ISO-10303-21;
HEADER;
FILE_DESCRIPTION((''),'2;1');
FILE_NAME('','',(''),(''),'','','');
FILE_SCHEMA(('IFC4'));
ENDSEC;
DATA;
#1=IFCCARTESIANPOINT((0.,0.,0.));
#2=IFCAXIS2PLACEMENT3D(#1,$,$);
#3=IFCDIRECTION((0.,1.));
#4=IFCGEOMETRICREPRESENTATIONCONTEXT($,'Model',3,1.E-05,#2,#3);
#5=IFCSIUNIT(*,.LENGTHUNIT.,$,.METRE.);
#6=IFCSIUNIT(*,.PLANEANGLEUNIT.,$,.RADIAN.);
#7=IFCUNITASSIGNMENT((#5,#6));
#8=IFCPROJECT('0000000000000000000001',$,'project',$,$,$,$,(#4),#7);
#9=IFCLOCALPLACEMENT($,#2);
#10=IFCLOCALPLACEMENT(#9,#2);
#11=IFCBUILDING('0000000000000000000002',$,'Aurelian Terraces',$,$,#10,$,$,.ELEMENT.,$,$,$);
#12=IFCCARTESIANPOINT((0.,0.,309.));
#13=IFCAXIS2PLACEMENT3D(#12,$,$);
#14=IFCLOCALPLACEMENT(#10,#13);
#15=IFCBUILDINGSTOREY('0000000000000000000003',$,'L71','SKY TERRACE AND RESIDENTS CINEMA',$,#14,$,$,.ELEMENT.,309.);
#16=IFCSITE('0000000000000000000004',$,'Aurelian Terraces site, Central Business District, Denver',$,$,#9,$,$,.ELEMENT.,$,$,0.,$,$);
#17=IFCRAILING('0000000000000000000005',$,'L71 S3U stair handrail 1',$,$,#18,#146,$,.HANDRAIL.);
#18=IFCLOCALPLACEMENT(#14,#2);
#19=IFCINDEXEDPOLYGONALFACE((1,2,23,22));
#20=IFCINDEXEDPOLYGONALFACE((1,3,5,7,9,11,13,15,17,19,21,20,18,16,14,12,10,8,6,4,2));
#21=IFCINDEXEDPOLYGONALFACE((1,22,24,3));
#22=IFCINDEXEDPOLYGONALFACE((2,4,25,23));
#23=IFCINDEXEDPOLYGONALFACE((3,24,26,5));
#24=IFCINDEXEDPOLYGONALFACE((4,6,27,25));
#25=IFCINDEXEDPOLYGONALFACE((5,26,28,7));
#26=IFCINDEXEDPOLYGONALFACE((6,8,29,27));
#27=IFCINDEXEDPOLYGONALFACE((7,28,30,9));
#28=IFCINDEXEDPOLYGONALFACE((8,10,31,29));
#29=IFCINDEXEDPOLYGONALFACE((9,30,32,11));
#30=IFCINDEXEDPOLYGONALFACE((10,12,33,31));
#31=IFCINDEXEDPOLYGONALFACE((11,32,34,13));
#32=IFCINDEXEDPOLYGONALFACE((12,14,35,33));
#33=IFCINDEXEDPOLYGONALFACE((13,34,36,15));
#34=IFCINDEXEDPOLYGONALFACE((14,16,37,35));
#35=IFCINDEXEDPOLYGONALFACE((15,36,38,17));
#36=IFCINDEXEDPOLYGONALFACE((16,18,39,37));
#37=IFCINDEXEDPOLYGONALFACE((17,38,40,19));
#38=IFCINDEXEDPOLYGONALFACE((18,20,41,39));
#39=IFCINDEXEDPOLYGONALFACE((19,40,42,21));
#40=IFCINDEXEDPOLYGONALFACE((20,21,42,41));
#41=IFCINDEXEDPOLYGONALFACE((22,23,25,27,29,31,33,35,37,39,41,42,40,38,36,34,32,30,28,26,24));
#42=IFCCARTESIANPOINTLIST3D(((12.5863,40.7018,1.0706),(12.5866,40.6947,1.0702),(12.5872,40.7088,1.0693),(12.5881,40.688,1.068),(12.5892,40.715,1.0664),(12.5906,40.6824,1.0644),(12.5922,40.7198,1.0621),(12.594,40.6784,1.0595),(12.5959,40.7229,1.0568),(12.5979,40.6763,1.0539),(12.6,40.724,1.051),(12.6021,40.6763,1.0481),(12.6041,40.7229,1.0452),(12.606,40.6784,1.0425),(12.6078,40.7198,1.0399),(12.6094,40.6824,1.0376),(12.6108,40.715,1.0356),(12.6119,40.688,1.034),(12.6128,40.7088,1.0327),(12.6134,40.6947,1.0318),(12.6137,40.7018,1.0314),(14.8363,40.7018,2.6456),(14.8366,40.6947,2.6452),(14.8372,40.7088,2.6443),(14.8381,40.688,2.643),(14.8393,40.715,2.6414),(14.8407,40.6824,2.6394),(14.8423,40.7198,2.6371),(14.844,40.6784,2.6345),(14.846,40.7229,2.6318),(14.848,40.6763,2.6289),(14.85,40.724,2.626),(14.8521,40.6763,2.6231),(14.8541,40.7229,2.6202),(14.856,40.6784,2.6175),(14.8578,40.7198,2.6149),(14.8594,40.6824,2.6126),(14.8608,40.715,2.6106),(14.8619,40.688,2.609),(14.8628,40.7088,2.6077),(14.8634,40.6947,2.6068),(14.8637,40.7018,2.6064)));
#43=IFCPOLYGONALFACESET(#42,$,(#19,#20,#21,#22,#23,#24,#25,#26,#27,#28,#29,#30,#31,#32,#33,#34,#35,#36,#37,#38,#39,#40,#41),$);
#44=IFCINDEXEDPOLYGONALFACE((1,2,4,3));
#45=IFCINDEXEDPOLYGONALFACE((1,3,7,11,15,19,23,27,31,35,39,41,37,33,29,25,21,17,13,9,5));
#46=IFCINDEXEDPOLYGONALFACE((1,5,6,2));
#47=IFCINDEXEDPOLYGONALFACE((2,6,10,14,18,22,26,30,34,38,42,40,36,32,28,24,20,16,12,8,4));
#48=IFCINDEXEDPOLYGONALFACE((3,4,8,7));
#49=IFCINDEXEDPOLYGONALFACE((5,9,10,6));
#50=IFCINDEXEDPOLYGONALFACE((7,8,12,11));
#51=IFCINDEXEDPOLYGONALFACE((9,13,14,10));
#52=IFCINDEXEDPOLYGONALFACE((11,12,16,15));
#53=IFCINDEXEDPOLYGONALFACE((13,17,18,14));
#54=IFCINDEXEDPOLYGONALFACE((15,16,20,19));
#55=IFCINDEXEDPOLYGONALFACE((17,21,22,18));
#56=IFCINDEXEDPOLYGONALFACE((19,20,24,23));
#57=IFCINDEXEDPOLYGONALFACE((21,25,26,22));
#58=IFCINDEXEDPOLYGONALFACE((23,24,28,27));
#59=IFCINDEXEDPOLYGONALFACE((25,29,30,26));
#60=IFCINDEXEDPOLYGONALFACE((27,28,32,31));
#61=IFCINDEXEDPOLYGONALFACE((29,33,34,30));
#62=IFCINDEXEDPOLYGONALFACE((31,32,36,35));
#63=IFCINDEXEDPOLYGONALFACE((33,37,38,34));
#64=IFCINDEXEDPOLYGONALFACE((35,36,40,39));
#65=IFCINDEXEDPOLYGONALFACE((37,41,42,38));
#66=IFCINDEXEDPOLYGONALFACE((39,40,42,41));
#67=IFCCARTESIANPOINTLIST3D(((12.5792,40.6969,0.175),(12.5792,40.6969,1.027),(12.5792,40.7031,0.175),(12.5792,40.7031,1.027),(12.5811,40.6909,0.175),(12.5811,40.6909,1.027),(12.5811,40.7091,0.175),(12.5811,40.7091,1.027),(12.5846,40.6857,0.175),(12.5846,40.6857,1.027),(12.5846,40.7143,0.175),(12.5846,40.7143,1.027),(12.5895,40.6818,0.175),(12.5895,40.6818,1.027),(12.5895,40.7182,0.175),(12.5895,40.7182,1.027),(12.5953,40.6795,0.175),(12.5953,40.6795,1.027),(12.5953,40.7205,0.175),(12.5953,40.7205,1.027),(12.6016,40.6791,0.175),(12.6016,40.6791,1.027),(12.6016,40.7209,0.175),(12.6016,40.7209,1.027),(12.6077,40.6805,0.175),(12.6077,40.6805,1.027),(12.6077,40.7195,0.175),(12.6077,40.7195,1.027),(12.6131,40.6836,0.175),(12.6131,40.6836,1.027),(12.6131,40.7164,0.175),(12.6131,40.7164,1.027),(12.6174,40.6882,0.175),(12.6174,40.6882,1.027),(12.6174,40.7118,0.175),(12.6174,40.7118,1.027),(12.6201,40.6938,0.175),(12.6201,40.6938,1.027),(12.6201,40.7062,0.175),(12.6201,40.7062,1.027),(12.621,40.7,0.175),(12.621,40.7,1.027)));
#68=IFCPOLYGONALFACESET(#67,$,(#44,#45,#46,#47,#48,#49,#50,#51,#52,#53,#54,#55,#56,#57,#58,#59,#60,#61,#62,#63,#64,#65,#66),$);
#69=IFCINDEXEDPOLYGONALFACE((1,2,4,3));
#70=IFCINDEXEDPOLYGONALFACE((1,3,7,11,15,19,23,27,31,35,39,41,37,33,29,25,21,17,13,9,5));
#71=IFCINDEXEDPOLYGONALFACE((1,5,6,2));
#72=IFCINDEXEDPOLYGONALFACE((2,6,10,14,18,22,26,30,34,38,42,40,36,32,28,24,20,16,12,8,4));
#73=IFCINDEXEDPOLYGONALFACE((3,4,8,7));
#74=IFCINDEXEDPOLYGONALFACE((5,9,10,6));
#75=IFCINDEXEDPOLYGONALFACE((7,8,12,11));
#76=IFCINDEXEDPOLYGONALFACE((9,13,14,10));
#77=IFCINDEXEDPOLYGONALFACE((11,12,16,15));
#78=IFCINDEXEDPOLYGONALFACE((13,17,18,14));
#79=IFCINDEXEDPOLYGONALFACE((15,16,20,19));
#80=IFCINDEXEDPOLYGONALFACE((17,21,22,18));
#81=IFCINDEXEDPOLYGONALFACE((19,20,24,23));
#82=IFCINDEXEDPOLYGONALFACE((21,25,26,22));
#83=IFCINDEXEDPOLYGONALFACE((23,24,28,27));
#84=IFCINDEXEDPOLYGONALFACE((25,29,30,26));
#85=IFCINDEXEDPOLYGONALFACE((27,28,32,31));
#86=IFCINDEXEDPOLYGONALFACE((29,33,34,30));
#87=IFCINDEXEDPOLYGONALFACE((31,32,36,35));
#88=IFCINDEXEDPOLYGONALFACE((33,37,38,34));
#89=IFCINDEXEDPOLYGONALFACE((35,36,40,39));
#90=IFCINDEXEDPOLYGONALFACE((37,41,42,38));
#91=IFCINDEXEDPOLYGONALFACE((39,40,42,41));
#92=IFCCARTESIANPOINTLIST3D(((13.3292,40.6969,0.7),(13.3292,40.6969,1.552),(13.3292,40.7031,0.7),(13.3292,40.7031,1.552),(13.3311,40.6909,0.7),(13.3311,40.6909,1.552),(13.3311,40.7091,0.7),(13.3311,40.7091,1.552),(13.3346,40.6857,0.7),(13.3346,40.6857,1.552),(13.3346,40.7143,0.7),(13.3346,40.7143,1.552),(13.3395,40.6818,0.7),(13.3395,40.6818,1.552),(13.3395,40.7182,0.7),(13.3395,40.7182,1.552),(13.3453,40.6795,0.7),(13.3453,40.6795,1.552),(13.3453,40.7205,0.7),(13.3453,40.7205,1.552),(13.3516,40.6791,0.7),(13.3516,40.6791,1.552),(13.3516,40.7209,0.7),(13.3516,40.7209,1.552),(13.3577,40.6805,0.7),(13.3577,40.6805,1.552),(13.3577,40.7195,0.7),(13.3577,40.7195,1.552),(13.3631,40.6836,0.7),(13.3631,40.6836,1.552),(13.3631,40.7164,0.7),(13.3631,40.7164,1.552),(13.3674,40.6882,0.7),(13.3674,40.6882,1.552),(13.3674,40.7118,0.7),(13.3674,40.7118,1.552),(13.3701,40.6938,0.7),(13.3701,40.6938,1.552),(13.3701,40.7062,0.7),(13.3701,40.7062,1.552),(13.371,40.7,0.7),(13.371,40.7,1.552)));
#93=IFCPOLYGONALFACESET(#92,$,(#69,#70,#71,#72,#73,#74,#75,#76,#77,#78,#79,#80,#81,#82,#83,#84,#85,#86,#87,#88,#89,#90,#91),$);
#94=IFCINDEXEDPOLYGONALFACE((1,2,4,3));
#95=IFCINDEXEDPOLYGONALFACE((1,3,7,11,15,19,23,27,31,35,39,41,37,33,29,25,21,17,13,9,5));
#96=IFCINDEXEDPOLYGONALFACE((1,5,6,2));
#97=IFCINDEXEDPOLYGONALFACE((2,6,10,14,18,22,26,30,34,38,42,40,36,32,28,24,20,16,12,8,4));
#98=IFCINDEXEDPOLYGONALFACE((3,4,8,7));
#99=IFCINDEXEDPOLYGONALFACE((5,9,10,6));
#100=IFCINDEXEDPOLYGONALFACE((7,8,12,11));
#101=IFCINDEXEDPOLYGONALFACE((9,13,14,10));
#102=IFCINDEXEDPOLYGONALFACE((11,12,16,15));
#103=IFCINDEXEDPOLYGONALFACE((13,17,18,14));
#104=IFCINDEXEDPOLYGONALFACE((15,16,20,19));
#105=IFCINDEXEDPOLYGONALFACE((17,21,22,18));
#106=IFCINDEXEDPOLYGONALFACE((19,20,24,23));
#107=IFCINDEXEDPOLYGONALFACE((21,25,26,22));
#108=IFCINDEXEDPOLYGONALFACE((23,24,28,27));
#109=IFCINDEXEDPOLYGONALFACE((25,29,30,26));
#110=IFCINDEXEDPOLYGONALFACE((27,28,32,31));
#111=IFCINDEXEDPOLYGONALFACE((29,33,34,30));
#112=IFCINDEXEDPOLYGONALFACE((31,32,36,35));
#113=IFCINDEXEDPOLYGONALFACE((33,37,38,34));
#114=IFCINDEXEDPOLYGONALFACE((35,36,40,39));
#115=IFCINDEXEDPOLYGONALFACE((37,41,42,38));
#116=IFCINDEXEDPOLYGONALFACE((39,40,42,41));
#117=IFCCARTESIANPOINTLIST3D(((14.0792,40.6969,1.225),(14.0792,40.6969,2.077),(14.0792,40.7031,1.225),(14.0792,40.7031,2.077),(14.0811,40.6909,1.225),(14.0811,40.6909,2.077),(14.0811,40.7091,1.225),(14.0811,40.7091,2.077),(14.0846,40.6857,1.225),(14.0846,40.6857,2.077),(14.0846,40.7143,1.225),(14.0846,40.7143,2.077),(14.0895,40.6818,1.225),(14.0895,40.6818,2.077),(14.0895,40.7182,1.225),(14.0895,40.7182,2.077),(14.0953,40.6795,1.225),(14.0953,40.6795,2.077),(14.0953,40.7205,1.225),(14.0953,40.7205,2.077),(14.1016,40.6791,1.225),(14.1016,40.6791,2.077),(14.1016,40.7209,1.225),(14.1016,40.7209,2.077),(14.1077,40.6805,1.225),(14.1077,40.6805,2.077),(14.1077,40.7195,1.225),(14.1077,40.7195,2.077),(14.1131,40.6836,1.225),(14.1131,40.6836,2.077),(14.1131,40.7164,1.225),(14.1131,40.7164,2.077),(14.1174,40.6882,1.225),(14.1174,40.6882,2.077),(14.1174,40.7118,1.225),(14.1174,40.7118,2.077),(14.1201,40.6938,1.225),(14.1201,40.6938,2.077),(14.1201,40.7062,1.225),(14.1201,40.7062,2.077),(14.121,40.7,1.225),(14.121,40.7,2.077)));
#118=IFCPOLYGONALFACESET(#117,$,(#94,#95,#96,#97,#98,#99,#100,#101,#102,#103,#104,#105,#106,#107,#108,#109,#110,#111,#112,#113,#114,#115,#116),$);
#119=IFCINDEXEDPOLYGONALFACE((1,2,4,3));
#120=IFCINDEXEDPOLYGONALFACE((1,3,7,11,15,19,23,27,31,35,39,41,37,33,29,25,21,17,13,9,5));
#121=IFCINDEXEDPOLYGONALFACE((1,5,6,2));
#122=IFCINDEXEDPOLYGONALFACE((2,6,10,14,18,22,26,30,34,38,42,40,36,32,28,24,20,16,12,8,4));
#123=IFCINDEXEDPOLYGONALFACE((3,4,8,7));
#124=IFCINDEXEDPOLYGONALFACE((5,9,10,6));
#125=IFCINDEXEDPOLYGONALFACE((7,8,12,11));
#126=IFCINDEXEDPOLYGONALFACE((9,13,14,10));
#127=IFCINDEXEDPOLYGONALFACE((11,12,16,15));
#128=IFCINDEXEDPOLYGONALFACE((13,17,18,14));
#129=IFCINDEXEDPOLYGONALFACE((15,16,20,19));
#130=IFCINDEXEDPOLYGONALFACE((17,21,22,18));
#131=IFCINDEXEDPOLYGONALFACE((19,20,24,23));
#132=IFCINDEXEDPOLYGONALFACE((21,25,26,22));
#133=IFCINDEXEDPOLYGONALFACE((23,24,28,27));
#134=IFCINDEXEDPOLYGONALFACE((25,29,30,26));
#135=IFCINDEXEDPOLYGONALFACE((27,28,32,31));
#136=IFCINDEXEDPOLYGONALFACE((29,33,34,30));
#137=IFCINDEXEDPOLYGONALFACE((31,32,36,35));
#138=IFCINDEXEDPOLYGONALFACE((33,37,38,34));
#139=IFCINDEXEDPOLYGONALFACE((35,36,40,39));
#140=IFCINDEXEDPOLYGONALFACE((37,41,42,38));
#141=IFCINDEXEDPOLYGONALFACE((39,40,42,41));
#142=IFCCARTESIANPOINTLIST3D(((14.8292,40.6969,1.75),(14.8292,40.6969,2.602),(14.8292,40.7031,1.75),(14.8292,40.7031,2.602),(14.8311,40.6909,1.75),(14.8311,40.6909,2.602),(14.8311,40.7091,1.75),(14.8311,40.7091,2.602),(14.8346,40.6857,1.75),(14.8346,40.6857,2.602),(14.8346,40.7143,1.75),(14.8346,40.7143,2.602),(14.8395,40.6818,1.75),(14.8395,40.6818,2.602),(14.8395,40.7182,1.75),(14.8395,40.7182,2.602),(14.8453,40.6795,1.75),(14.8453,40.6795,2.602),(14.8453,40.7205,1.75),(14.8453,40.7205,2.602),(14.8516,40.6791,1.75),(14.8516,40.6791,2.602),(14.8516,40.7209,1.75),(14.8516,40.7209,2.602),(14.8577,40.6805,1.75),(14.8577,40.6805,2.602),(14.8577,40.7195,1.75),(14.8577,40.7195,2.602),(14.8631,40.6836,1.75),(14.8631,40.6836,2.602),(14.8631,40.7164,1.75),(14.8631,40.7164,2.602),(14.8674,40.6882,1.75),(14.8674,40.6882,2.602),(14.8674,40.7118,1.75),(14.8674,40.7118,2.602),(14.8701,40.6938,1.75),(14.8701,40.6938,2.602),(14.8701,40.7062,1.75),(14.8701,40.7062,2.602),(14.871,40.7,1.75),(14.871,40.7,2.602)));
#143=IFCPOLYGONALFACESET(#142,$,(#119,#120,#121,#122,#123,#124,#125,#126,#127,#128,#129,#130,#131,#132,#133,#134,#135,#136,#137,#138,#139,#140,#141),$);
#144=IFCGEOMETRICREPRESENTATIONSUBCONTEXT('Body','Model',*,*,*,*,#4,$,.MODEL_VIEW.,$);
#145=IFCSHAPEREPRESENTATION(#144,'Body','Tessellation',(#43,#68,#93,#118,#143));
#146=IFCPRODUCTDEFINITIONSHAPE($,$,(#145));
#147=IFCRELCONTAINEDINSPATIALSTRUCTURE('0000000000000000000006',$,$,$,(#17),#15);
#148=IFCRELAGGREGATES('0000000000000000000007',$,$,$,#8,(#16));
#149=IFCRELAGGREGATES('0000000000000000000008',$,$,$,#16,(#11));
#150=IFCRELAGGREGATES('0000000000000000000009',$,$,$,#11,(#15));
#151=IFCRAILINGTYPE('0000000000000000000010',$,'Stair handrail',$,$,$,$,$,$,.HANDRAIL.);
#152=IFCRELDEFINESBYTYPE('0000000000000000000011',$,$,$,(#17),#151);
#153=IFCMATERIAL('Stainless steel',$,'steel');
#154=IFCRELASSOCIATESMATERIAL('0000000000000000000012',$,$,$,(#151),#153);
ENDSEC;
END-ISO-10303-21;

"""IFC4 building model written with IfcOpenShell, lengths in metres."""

from ifc_helpers import new_model, si_unit, direction, frame, origin, origin_2d, place, context, subcontext, project, spatial, circle, extrude, source, transform, mapped, material, type_object, element, save


model = new_model("IFC4")

# Units and contexts
model_context = context("Model", 3, precision=1e-05, world=origin(), true_north=direction((0.0, 1.0)))
body_context = subcontext(model_context, "Body", "Model", "MODEL_VIEW")
ifc_project = project(units=[si_unit("LENGTHUNIT", "METRE"), si_unit("PLANEANGLEUNIT", "RADIAN")], contexts=[model_context])

# Site, building, storey
site_placement = place(None, origin())
site = spatial("IfcSite", under=ifc_project, at=site_placement, Name="Aurelian Terraces site, Central Business District, Denver", CompositionType="ELEMENT", RefElevation=0.0)
building_placement = place(site_placement, origin())
building = spatial("IfcBuilding", under=site, at=building_placement, Name="Aurelian Terraces", CompositionType="ELEMENT")
storey_placement = place(building_placement, frame((0.0, 0.0, 309.0)))
storey = spatial("IfcBuildingStorey", under=building, at=storey_placement, Name="L71", Description="SKY TERRACE AND RESIDENTS CINEMA", CompositionType="ELEMENT", Elevation=309.0)

# Railing
ifc_material_1 = material(Name="Stainless steel", Category="steel")
railing_type_1 = type_object("IfcRailingType", Name="Stair handrail", PredefinedType="HANDRAIL", material=ifc_material_1)
shared_shape_1 = source(origin(), body_context, "Body", "SweptSolid", [
    extrude(circle(Radius=0.024, at=origin_2d()), frame((0.0, 0.0, 0.876), z_axis=(0.819232, 0.0, 0.573462), x_axis=(0.0, 1.0, 0.0)), (0.0, 0.0, 1.0), 2.7465),
    extrude(circle(Radius=0.021, at=origin_2d()), origin(), (0.0, 0.0, 1.0), 0.852),
    extrude(circle(Radius=0.021, at=origin_2d()), frame((0.75, 0.0, 0.525)), (0.0, 0.0, 1.0), 0.852),
    extrude(circle(Radius=0.021, at=origin_2d()), frame((1.5, 0.0, 1.05)), (0.0, 0.0, 1.0), 0.852),
    extrude(circle(Radius=0.021, at=origin_2d()), frame((2.25, 0.0, 1.575)), (0.0, 0.0, 1.0), 0.852),
])
railing_1_placement = place(storey_placement, frame((12.6, 40.7, 0.175)))
element("IfcRailing", 1, at=railing_1_placement, inside=storey, type_object=railing_type_1, Name="L71 S3U stair handrail 1", PredefinedType="HANDRAIL", context=body_context, shape_type="MappedRepresentation", body=[
    mapped(shared_shape_1, transform((0.0, 0.0, 0.0), scale=1.0)),
])

save(model, "model.ifc")
